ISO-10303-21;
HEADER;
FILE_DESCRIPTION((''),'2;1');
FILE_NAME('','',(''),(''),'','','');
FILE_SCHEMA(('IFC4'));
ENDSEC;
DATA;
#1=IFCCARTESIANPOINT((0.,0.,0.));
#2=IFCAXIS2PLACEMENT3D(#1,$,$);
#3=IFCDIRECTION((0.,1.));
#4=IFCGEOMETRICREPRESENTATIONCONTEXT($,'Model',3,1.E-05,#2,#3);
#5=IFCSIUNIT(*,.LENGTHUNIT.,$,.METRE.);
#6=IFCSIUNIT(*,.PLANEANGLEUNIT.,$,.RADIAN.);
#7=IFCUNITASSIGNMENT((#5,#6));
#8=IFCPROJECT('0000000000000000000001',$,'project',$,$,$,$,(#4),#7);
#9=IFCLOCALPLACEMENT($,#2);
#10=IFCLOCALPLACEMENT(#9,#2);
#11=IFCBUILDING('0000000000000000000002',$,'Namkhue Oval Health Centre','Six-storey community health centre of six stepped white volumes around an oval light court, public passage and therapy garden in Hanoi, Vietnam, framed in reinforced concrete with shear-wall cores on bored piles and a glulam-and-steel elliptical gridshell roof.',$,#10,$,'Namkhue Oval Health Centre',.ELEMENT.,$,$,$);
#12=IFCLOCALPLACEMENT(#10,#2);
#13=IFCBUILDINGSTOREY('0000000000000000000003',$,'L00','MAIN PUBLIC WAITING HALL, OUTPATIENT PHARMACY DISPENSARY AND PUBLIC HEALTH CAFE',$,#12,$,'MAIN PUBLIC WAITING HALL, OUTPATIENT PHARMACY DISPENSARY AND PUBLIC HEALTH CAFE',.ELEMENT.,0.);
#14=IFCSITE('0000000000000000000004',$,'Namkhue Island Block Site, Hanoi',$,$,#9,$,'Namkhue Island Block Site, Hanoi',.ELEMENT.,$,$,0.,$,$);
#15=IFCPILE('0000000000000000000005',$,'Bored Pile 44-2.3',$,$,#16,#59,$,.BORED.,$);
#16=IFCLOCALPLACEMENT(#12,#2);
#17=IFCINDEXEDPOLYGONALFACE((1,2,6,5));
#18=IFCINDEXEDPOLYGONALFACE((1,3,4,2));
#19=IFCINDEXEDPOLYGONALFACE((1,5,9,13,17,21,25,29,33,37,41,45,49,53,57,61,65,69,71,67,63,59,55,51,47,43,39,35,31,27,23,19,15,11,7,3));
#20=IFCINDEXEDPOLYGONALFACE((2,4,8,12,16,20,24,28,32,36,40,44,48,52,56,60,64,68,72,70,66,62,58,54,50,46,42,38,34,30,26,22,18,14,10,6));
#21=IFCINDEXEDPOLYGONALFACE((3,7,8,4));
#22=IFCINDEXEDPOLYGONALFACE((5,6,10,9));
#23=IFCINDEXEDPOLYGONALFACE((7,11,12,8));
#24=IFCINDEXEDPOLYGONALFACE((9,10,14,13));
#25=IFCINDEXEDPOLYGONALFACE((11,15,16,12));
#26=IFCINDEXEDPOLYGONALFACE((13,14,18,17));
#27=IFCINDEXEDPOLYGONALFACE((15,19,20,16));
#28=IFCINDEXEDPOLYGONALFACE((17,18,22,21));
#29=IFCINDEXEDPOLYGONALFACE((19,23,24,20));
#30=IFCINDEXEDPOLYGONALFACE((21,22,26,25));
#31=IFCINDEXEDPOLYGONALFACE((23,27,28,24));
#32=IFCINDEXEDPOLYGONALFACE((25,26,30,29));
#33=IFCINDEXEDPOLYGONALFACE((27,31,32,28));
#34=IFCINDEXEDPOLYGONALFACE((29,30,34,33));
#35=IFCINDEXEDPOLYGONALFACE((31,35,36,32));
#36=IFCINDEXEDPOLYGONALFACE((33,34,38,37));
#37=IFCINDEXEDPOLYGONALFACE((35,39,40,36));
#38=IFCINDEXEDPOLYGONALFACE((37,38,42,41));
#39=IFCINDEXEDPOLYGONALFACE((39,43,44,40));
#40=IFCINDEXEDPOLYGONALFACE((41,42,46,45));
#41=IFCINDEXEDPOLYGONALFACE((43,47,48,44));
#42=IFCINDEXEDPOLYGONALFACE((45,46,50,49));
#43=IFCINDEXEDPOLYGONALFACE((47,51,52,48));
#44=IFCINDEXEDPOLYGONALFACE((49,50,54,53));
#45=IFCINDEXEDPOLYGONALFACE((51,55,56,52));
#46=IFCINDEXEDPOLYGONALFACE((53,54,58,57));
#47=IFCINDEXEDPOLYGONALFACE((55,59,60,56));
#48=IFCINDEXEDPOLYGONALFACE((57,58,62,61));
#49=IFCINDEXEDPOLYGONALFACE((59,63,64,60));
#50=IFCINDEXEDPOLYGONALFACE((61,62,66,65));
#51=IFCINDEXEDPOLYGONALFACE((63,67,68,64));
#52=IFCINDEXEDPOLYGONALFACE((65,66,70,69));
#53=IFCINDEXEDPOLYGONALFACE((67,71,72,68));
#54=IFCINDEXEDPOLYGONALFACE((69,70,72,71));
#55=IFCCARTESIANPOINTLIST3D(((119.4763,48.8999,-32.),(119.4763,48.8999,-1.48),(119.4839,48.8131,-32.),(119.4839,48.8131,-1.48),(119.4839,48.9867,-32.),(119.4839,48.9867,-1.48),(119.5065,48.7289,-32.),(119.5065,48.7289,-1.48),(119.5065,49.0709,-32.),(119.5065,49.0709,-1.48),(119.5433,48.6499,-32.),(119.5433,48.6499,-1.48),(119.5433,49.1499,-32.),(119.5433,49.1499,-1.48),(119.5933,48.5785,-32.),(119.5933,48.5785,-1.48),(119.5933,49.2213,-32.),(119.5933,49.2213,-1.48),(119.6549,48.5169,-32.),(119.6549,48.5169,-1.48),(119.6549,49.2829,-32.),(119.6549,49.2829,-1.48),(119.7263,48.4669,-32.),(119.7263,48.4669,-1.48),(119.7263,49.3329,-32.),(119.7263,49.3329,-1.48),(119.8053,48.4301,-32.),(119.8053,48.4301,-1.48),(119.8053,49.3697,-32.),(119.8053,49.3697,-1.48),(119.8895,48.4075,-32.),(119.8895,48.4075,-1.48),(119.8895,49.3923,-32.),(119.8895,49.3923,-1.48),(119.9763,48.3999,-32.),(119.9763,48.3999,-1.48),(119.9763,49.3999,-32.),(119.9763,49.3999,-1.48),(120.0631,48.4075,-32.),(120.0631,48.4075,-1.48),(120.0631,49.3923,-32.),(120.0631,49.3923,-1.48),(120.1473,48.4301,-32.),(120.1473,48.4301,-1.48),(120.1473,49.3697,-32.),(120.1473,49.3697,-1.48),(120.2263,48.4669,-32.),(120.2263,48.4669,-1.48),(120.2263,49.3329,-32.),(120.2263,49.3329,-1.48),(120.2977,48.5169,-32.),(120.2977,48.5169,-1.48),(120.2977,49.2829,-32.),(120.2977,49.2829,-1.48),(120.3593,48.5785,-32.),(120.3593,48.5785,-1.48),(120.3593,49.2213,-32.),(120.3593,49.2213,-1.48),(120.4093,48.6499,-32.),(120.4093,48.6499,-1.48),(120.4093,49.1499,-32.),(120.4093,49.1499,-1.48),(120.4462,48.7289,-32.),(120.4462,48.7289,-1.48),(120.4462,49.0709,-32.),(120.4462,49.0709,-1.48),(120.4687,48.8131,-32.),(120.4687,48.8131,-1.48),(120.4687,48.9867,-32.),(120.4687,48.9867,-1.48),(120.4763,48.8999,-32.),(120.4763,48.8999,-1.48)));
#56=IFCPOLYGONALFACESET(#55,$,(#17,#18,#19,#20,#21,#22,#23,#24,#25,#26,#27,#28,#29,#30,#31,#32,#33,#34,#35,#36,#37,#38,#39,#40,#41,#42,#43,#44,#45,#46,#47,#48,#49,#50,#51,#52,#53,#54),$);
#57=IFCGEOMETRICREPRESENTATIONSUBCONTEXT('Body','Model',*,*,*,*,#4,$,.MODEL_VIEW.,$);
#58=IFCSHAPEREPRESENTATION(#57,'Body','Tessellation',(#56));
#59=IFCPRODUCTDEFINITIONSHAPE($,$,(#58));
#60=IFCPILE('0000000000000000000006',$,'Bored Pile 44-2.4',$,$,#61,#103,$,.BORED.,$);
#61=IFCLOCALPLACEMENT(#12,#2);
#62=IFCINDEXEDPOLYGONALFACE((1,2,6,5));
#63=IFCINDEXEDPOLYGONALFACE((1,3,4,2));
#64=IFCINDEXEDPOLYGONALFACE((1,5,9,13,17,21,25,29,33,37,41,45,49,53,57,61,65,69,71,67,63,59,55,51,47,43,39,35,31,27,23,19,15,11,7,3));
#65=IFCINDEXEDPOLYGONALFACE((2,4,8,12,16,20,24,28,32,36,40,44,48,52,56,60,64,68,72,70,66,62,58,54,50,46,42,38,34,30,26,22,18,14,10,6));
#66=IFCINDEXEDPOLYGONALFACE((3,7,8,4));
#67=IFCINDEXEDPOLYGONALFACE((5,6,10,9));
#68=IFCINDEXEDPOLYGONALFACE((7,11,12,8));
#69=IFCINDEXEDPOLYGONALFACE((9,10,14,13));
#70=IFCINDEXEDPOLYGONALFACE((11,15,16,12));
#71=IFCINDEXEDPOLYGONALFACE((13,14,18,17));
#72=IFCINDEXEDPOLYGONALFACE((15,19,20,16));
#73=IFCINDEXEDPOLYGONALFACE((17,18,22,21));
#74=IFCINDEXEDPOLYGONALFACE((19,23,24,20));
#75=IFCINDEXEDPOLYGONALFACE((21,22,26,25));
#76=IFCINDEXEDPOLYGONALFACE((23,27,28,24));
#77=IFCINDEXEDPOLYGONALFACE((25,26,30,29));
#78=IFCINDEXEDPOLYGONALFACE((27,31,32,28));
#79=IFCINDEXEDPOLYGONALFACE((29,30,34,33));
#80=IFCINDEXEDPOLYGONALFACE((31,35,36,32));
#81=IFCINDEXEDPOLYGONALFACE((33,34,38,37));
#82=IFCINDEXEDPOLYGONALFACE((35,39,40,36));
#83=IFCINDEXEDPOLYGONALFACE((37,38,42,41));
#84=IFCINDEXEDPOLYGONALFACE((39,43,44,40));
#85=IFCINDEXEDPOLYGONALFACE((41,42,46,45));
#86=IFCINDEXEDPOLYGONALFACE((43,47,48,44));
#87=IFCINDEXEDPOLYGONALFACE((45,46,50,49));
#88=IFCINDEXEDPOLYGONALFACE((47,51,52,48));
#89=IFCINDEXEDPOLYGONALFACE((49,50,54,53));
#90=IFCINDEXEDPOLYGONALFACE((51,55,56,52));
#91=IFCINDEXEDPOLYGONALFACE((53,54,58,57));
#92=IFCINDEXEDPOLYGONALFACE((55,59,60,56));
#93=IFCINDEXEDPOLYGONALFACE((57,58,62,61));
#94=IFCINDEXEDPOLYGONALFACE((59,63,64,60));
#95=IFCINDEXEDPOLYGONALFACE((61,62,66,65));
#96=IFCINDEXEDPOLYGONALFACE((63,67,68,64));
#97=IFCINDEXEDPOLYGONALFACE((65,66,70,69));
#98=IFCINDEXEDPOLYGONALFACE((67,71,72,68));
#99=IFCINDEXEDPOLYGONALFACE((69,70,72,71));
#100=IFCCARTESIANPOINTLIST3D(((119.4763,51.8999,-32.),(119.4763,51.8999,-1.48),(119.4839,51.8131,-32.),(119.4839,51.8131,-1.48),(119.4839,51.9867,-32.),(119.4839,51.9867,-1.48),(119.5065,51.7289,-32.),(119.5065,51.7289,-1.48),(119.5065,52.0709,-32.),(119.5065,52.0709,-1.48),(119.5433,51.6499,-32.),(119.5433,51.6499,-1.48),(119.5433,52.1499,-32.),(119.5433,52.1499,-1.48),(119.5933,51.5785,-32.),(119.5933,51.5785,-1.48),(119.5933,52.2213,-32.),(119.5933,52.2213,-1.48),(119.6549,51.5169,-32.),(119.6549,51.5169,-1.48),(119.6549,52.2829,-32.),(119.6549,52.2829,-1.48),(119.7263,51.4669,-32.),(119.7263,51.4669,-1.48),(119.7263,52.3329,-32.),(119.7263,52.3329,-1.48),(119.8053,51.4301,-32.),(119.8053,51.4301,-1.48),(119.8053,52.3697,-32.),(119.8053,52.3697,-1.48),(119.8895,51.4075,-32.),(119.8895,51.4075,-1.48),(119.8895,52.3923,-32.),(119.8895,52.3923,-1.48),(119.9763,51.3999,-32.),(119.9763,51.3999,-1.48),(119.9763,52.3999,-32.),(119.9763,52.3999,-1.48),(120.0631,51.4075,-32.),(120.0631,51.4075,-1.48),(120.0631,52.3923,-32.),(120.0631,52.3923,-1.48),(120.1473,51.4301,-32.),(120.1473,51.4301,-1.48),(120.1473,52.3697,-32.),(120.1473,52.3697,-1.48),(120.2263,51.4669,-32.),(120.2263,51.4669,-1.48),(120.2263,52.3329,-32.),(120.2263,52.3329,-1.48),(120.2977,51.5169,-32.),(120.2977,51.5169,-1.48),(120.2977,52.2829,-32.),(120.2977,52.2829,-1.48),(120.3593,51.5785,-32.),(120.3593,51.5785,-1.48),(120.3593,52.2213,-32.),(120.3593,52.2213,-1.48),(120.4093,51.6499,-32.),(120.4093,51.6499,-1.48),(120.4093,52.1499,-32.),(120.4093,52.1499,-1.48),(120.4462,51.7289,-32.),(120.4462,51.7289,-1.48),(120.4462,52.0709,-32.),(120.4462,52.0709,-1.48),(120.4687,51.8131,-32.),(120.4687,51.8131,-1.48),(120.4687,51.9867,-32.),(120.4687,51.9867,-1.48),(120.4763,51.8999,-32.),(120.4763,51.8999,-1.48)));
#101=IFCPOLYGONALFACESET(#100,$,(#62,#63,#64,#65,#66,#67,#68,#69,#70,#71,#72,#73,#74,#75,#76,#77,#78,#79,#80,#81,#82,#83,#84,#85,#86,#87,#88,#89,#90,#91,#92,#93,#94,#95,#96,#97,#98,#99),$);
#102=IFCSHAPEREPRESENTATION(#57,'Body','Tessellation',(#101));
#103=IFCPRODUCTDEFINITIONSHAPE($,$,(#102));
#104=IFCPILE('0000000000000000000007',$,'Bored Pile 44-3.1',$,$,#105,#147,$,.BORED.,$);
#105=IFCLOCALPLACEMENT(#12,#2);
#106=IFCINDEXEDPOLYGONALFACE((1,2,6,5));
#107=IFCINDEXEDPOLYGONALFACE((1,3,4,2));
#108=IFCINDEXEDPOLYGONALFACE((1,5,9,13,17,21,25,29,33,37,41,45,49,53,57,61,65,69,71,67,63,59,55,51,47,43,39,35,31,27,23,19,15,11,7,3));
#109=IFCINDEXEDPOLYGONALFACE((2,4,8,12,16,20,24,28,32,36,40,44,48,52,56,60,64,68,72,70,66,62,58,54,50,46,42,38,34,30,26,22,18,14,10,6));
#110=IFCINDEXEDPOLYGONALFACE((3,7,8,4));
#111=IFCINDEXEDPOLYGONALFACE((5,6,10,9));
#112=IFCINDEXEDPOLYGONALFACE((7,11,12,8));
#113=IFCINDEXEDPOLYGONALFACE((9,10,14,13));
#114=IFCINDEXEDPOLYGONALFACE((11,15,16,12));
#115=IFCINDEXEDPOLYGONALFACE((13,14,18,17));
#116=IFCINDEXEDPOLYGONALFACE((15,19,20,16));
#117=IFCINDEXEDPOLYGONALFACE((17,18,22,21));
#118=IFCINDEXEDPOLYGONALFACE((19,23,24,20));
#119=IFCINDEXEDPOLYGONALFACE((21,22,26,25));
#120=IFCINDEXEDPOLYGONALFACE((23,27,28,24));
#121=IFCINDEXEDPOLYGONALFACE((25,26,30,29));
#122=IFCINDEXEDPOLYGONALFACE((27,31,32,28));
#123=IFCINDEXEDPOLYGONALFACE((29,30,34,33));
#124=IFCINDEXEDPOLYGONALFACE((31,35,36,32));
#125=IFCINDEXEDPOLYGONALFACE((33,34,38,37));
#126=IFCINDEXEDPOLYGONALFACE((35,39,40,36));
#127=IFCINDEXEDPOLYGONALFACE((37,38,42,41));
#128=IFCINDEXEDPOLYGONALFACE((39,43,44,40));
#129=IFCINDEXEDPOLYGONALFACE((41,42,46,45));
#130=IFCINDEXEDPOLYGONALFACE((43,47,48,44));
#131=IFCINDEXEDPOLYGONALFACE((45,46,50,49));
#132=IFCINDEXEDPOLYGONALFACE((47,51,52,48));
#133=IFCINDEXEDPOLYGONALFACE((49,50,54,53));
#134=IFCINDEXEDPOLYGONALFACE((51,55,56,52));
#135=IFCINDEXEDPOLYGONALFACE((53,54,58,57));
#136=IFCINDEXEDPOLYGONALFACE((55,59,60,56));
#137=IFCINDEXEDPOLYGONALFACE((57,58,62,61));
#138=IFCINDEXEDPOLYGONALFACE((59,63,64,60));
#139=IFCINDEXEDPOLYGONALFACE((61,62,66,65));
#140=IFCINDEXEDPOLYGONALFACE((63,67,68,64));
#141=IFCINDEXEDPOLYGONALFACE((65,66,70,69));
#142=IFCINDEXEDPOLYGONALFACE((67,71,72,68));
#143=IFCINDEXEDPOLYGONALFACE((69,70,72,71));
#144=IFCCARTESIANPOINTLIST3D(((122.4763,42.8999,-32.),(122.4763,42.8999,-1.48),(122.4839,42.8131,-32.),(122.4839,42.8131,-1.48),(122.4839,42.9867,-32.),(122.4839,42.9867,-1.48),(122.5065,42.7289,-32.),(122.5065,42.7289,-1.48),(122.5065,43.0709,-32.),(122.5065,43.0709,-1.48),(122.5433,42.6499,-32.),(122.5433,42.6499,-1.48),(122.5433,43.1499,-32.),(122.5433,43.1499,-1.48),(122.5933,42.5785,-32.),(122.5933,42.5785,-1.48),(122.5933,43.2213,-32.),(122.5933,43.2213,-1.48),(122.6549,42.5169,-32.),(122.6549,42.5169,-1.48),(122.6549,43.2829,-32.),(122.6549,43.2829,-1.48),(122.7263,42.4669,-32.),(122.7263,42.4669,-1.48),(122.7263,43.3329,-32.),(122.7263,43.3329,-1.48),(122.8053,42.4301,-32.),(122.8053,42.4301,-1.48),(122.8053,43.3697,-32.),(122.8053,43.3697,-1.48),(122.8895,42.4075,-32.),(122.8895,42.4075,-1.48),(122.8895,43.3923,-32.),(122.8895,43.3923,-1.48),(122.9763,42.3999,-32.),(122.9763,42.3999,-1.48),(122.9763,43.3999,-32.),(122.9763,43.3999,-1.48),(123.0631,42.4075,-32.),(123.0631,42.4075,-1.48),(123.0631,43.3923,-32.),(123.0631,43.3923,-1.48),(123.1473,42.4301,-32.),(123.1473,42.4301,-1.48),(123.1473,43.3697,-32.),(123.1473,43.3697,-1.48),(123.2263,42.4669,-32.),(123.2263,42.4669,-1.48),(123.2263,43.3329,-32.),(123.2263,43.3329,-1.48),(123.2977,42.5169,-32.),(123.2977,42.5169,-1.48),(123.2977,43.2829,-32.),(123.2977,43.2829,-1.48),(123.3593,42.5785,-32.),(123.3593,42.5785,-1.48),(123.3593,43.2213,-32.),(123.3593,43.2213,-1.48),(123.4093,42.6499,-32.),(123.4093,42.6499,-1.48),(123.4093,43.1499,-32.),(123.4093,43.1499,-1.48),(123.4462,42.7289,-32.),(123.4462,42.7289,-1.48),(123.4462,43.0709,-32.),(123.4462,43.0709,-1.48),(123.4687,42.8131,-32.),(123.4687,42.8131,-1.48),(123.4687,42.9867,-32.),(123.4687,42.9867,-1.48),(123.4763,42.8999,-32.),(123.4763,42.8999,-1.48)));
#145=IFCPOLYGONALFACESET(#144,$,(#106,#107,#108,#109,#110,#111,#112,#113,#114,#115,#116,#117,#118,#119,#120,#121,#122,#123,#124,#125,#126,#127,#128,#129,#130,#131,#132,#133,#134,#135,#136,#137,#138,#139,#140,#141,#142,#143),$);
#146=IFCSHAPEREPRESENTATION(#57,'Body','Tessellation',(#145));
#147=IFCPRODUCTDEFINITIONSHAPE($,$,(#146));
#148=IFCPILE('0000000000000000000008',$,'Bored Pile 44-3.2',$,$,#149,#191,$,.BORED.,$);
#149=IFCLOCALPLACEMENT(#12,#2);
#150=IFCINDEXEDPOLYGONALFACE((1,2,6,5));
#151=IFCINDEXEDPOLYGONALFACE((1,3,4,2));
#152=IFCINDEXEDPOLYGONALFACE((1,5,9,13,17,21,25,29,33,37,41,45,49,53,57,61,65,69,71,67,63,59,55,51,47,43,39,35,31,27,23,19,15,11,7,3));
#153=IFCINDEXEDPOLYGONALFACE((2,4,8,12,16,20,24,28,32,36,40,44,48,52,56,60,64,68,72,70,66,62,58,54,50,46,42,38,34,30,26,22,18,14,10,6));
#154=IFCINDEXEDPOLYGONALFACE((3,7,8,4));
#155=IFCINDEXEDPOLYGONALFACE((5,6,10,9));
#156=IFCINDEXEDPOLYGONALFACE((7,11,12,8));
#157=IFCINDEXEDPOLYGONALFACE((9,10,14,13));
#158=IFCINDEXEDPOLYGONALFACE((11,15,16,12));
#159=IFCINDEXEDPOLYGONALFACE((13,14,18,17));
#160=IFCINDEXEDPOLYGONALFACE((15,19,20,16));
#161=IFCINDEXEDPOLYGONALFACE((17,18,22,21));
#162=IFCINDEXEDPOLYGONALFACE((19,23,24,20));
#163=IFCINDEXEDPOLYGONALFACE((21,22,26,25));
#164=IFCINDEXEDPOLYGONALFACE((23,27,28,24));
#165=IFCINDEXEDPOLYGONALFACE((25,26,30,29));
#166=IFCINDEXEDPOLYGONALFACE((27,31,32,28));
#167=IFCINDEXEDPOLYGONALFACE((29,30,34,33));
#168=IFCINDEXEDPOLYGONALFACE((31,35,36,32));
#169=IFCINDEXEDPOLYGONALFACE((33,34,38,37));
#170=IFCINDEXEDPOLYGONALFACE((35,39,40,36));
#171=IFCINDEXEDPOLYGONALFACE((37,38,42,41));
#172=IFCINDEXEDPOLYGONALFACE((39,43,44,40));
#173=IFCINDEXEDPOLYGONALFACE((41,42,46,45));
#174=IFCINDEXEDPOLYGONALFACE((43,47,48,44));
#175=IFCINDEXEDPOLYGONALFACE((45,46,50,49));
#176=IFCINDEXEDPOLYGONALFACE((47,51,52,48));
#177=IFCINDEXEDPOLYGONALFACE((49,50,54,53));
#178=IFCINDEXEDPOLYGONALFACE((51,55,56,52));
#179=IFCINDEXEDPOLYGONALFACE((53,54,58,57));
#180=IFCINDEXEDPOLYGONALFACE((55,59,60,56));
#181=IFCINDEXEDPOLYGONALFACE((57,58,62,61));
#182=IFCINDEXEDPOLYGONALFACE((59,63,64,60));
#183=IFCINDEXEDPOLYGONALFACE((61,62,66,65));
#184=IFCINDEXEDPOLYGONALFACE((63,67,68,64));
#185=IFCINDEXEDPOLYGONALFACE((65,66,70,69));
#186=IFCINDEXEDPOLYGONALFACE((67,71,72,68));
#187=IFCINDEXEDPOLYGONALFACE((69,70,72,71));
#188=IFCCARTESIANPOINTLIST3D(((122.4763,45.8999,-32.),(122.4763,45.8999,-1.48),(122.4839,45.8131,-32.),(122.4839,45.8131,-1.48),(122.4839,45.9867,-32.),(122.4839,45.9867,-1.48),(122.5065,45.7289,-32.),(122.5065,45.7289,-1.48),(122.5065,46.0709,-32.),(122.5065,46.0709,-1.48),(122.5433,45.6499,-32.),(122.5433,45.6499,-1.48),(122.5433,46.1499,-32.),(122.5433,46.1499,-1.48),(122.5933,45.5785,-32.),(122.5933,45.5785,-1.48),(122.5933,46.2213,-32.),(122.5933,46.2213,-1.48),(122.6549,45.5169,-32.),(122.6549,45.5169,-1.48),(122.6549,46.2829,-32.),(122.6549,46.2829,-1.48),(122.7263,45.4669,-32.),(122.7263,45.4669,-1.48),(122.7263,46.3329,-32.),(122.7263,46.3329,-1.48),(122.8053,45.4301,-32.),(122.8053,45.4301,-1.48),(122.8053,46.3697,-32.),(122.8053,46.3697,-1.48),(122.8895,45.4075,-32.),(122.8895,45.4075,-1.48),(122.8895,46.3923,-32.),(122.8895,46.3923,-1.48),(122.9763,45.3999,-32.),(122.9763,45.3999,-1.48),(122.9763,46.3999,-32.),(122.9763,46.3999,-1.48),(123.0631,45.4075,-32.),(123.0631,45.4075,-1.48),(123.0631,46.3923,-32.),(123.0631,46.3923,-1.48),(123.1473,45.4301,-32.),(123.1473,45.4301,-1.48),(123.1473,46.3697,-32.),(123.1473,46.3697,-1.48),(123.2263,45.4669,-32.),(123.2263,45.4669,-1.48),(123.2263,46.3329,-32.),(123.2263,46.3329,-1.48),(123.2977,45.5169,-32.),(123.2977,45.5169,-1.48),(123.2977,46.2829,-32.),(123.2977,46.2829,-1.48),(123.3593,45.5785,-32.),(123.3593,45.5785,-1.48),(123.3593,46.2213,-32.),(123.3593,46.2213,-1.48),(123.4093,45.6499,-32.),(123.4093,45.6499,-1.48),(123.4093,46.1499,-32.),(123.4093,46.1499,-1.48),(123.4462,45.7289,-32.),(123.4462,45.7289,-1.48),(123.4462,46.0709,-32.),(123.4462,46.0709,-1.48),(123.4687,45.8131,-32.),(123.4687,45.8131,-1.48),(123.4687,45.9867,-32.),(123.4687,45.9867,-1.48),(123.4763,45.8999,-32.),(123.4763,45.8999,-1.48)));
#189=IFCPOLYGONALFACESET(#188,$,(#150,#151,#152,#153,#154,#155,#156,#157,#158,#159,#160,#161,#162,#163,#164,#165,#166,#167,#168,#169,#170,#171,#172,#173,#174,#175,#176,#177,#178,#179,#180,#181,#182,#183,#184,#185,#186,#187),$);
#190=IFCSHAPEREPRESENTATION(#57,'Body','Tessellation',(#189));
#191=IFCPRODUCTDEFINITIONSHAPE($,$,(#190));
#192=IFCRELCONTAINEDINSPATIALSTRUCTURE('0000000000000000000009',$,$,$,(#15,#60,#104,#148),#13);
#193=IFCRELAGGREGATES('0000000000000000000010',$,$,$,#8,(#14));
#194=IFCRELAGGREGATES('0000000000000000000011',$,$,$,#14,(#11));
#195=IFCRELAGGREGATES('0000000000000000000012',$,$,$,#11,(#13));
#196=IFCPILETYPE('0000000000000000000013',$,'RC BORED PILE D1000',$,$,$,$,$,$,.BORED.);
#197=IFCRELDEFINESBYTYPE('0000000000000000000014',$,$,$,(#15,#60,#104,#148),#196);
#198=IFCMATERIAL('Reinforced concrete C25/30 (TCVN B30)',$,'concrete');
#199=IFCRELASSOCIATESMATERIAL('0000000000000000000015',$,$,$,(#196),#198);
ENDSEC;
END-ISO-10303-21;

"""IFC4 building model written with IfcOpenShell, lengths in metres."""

from ifc_helpers import new_model, si_unit, direction, frame, origin, origin_2d, place, context, subcontext, project, spatial, circle, extrude, material, material_profile, profile_set, type_object, element, save


model = new_model("IFC4")

# Units and contexts
model_context = context("Model", 3, precision=1e-05, world=origin(), true_north=direction((0.0, 1.0)))
body_context = subcontext(model_context, "Body", "Model", "MODEL_VIEW")
ifc_project = project(units=[si_unit("LENGTHUNIT", "METRE"), si_unit("PLANEANGLEUNIT", "RADIAN")], contexts=[model_context])

# Site, building, storey
site_placement = place(None, origin())
site = spatial("IfcSite", under=ifc_project, at=site_placement, Name="Namkhue Island Block Site, Hanoi", LongName="Namkhue Island Block Site, Hanoi", CompositionType="ELEMENT", RefElevation=0.0)
building_placement = place(site_placement, origin())
building = spatial("IfcBuilding", under=site, at=building_placement, Name="Namkhue Oval Health Centre", Description="Six-storey community health centre of six stepped white volumes around an oval light court, public passage and therapy garden in Hanoi, Vietnam, framed in reinforced concrete with shear-wall cores on bored piles and a glulam-and-steel elliptical gridshell roof.", LongName="Namkhue Oval Health Centre", CompositionType="ELEMENT")
storey_placement = place(building_placement, origin())
storey = spatial("IfcBuildingStorey", under=building, at=storey_placement, Name="L00", Description="MAIN PUBLIC WAITING HALL, OUTPATIENT PHARMACY DISPENSARY AND PUBLIC HEALTH CAFE", LongName="MAIN PUBLIC WAITING HALL, OUTPATIENT PHARMACY DISPENSARY AND PUBLIC HEALTH CAFE", CompositionType="ELEMENT", Elevation=0.0)

# Piles
ifc_material_1 = material(Name="Reinforced concrete C25/30 (TCVN B30)", Category="concrete")
ifc_material_profile_1 = material_profile(ifc_material_1, circle(Radius=0.5, at=origin_2d()), Name="BORED PILE D1000")
ifc_profile_set_1 = profile_set([ifc_material_profile_1], Name="Reinforced concrete C25/30 (TCVN B30)")
pile_type_1 = type_object("IfcPileType", Name="RC BORED PILE D1000", PredefinedType="BORED", material=ifc_profile_set_1)
for number, where, z_axis, x_axis, name in (
    (1, (119.9763, 48.8999, -1.48), (0.0, 0.0, -1.0), (1.0, 0.0, 0.0), "Bored Pile 44-2.3"),
    (2, (119.9763, 51.8999, -1.48), (0.0, 0.0, -1.0), (1.0, 0.0, 0.0), "Bored Pile 44-2.4"),
    (3, (122.9763, 42.8999, -1.48), (0.0, 0.0, -1.0), (1.0, 0.0, 0.0), "Bored Pile 44-3.1"),
    (4, (122.9763, 45.8999, -1.48), (0.0, 0.0, -1.0), (1.0, 0.0, 0.0), "Bored Pile 44-3.2"),
):
    element("IfcPile", number, at=place(storey_placement, frame(where, z_axis=z_axis, x_axis=x_axis)), inside=storey, type_object=pile_type_1, Name=name, PredefinedType="BORED", context=body_context, shape_type="SweptSolid", body=[
        extrude(circle(Radius=0.5, at=origin_2d()), origin(), (0.0, 0.0, 1.0), 30.52),
    ])

save(model, "model.ifc")
